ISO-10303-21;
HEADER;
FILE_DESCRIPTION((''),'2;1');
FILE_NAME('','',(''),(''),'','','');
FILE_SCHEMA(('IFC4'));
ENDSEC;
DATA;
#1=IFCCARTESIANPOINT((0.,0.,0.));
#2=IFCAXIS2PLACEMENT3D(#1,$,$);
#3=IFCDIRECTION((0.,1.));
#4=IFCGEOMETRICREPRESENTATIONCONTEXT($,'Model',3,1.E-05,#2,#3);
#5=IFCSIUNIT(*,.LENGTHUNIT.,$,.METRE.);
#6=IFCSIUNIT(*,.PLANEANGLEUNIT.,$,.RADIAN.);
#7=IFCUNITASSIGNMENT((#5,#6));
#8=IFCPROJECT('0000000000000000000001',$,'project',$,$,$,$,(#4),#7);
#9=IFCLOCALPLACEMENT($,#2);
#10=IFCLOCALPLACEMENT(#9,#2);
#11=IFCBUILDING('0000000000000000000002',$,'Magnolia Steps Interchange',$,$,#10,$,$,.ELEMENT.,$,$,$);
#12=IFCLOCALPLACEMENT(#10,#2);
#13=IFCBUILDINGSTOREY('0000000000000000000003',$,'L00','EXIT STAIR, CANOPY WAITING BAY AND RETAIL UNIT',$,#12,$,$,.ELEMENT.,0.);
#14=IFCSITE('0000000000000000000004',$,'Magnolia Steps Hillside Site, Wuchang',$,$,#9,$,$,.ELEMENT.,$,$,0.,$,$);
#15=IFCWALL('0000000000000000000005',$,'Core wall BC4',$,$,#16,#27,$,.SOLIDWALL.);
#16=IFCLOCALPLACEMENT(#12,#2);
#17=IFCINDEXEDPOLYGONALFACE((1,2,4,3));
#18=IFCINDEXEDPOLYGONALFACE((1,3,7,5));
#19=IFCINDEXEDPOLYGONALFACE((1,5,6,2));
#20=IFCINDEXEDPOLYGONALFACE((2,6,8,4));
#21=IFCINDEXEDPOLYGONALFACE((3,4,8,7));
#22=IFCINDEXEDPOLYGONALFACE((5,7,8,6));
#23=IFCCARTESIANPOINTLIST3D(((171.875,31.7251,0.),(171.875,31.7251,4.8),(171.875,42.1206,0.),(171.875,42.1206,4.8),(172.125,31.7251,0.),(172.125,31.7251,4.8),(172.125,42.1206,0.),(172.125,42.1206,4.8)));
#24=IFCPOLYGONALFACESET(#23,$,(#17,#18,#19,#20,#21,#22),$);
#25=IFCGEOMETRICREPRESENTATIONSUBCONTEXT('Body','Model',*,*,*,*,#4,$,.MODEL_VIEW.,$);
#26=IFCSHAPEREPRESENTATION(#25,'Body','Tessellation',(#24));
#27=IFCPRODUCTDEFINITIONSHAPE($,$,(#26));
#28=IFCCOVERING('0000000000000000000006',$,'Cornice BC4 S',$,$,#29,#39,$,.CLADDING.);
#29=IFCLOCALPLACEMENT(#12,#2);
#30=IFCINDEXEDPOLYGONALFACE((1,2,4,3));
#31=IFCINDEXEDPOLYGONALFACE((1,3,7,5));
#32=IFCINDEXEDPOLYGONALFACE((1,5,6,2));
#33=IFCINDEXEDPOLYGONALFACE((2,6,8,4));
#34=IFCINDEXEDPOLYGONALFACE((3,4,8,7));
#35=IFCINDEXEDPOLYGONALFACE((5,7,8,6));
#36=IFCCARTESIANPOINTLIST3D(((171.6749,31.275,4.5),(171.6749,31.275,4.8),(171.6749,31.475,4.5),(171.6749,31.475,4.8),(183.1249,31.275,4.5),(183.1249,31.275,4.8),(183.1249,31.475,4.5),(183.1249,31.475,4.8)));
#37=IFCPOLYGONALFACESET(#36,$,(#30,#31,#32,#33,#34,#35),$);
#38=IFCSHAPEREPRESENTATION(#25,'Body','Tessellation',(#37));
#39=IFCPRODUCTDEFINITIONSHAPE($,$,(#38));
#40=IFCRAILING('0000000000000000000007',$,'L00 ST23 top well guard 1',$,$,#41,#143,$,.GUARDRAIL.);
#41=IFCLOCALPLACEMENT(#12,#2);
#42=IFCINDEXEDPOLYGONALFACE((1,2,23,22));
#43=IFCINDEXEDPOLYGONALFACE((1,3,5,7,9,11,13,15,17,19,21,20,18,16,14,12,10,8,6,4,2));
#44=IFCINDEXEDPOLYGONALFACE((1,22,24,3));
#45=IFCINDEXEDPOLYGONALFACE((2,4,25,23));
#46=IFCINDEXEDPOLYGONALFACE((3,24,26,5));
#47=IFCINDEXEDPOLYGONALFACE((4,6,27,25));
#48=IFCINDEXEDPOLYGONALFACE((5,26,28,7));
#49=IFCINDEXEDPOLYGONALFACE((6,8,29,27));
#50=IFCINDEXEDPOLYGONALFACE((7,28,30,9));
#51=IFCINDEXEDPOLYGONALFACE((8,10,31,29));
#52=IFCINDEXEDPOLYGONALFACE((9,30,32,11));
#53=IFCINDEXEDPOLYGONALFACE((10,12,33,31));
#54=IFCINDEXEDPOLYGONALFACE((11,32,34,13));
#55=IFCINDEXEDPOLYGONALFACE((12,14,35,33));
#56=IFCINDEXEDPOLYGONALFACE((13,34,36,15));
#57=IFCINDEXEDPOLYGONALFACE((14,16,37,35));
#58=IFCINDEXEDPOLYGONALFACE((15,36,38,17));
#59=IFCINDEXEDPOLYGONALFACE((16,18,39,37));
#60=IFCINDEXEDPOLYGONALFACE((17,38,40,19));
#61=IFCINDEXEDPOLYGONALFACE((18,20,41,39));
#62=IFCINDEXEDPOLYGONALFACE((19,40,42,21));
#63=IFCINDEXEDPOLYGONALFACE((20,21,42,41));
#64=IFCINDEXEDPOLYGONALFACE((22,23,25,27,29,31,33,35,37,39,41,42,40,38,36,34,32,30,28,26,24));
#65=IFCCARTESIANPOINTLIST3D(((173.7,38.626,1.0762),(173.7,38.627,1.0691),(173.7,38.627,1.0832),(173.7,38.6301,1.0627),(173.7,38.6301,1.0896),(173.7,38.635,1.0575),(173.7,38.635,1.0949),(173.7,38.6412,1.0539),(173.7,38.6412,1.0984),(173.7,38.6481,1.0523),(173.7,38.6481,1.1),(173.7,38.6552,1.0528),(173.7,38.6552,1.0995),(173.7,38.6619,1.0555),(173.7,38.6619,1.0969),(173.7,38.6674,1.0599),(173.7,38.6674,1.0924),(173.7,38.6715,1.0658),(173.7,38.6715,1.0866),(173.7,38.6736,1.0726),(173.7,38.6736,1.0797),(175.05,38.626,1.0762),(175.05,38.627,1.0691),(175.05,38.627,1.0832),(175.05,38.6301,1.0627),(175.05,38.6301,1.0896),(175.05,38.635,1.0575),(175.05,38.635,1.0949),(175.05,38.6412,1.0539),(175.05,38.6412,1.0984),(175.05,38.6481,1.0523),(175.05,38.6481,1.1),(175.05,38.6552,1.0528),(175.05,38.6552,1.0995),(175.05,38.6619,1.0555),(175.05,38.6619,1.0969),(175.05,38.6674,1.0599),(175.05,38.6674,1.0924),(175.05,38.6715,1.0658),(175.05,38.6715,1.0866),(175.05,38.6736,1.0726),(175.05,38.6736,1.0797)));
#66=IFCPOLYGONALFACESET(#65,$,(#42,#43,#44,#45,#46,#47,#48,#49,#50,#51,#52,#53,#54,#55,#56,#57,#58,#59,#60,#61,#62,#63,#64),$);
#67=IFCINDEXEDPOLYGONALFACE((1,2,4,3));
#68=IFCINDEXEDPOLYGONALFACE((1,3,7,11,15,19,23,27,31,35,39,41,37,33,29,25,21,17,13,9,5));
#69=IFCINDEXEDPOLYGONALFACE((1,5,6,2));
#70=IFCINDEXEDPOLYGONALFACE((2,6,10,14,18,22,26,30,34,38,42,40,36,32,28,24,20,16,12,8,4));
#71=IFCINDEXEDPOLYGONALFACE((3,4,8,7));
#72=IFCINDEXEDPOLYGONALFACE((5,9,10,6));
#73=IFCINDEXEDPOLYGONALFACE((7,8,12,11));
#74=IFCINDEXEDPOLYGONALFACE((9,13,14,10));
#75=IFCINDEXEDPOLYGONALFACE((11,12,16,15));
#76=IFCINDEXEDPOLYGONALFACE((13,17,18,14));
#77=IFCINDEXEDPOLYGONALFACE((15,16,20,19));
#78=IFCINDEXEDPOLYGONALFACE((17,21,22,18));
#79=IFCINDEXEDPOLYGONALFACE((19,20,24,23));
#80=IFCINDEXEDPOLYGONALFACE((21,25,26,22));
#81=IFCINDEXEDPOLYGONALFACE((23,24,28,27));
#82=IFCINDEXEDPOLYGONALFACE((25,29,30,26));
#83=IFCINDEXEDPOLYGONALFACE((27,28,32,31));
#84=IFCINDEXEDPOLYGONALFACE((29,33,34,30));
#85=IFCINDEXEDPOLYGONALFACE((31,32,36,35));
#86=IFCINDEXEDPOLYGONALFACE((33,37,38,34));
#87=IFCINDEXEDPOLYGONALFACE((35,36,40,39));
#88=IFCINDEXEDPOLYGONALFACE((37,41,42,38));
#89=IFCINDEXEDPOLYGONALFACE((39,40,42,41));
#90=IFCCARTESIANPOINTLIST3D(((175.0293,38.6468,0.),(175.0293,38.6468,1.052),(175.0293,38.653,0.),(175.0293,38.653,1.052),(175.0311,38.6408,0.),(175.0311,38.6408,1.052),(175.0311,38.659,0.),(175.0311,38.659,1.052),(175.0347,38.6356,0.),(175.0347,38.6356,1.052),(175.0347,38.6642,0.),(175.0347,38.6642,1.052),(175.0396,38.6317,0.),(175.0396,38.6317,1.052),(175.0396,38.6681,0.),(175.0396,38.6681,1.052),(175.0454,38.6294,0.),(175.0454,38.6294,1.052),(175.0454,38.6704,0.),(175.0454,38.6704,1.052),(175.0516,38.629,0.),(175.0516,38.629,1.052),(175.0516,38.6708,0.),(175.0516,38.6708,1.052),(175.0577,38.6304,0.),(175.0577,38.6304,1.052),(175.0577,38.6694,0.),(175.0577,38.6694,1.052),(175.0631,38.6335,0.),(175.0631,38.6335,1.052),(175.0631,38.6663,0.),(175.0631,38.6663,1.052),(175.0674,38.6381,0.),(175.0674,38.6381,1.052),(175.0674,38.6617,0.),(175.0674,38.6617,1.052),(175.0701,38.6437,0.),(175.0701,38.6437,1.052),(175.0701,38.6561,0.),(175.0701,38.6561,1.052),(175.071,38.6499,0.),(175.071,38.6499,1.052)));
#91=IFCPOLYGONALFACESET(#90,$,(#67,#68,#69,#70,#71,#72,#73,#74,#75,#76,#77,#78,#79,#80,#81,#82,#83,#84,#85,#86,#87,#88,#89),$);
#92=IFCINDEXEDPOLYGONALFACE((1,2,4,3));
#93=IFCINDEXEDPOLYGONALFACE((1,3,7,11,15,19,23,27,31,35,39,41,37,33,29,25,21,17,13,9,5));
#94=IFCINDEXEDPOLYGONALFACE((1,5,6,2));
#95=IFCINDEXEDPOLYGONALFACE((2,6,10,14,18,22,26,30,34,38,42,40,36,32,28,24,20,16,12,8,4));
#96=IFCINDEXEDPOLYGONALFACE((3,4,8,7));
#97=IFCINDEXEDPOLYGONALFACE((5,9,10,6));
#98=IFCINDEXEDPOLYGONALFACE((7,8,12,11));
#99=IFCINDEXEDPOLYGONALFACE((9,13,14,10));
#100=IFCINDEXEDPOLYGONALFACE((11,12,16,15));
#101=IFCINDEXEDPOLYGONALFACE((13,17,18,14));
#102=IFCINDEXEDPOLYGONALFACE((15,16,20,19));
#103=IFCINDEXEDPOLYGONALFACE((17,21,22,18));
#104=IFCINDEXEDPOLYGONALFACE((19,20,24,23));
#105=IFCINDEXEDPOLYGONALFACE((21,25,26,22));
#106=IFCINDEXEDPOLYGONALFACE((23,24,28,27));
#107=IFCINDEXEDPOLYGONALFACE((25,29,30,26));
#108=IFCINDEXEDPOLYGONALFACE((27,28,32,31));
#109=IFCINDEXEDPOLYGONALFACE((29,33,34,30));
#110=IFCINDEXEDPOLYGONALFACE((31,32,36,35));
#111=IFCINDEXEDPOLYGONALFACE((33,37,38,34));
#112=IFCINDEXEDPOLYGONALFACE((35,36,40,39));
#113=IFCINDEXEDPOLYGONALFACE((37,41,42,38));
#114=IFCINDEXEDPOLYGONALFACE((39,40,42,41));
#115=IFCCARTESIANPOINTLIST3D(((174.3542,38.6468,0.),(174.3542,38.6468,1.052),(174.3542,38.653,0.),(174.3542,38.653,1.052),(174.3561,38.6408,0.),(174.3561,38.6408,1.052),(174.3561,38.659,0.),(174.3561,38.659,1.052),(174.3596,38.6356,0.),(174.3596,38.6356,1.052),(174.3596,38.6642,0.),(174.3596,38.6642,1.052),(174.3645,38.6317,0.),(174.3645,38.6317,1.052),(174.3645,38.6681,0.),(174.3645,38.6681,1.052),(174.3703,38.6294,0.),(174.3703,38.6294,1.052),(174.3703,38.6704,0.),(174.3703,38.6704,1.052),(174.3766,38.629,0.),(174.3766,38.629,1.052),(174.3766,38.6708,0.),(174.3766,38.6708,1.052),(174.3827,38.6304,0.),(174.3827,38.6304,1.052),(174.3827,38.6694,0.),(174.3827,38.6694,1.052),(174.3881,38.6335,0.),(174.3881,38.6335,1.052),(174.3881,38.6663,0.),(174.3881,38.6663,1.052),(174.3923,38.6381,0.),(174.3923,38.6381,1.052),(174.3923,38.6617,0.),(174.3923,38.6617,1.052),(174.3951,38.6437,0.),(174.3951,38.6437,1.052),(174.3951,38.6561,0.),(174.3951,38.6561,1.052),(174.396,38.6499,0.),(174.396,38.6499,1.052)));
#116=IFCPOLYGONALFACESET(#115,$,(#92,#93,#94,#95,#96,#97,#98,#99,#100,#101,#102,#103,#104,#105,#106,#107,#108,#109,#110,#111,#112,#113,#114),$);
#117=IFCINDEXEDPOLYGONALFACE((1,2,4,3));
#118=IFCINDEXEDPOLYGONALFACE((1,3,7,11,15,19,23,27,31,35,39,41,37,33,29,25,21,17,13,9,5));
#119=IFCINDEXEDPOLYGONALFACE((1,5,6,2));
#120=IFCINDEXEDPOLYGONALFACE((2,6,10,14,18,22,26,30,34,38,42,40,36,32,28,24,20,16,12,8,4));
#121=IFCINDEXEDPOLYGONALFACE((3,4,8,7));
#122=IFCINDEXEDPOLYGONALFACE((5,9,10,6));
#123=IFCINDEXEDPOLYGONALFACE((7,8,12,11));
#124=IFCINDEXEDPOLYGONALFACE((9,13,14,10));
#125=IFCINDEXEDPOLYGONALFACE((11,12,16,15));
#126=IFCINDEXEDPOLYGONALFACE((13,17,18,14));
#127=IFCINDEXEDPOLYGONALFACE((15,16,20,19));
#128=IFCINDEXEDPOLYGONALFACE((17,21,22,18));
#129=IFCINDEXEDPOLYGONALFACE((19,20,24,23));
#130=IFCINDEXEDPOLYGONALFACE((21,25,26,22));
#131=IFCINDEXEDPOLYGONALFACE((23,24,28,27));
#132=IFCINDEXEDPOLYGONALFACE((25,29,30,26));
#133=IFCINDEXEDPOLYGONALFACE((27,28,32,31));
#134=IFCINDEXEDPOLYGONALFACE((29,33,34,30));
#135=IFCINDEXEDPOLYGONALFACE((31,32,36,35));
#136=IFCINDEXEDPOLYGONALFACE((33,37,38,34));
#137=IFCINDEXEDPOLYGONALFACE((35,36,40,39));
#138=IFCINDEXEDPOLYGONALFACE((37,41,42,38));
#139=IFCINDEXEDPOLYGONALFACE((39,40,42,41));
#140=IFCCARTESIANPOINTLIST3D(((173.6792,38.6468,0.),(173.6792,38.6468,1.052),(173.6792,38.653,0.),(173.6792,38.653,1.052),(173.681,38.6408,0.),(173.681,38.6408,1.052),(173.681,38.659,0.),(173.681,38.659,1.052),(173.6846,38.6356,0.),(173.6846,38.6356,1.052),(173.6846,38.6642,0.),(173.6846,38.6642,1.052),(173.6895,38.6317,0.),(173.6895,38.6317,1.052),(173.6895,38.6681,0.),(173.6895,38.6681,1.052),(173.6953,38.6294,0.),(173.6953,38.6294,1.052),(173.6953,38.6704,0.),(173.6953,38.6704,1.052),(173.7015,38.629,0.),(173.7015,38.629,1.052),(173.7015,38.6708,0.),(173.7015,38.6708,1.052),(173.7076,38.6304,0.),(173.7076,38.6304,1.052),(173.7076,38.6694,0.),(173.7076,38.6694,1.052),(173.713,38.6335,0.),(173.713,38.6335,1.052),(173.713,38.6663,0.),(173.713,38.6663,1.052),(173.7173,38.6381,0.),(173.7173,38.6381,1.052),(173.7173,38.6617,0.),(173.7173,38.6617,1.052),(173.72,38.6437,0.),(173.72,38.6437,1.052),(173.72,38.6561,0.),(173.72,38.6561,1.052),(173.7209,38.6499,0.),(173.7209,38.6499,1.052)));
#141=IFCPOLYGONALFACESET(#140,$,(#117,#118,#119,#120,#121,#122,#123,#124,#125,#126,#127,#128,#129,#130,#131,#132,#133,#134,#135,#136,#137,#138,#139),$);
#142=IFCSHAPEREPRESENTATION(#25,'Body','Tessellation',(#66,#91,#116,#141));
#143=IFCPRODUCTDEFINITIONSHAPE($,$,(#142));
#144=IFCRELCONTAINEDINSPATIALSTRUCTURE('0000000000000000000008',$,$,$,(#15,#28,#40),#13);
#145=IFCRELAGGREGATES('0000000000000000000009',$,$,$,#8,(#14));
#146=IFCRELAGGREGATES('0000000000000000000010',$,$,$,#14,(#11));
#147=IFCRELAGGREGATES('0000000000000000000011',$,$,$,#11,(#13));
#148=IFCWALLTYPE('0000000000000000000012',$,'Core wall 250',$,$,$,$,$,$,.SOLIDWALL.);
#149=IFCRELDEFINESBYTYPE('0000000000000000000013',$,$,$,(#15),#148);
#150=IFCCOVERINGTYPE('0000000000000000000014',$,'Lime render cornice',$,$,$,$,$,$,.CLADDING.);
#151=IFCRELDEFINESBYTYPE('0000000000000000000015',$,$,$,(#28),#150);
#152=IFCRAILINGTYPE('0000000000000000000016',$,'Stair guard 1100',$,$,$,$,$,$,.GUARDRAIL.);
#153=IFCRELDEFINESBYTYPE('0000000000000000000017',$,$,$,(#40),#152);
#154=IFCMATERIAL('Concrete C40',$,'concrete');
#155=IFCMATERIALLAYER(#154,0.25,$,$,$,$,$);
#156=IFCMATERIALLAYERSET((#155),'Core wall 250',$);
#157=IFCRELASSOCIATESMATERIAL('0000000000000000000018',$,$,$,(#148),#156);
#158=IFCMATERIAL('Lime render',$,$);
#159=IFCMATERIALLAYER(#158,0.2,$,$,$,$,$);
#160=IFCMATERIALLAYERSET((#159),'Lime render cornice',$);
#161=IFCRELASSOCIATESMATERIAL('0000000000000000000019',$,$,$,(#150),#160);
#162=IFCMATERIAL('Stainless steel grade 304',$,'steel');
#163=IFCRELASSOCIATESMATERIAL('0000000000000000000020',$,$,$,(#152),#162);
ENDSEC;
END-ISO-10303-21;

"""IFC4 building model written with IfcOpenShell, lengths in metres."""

from ifc_helpers import new_model, si_unit, direction, frame, frame_2d, origin, origin_2d, place, context, subcontext, project, spatial, rectangle, circle, extrude, material, layer, layer_set, type_object, element, save


model = new_model("IFC4")

# Units and contexts
model_context = context("Model", 3, precision=1e-05, world=origin(), true_north=direction((0.0, 1.0)))
body_context = subcontext(model_context, "Body", "Model", "MODEL_VIEW")
ifc_project = project(units=[si_unit("LENGTHUNIT", "METRE"), si_unit("PLANEANGLEUNIT", "RADIAN")], contexts=[model_context])

# Site, building, storey
site_placement = place(None, origin())
site = spatial("IfcSite", under=ifc_project, at=site_placement, Name="Magnolia Steps Hillside Site, Wuchang", CompositionType="ELEMENT", RefElevation=0.0)
building_placement = place(site_placement, origin())
building = spatial("IfcBuilding", under=site, at=building_placement, Name="Magnolia Steps Interchange", CompositionType="ELEMENT")
storey_placement = place(building_placement, origin())
storey = spatial("IfcBuildingStorey", under=building, at=storey_placement, Name="L00", Description="EXIT STAIR, CANOPY WAITING BAY AND RETAIL UNIT", CompositionType="ELEMENT", Elevation=0.0)

# Shared definitions
ifc_material_1 = material(Name="Concrete C40", Category="concrete")
ifc_layer_1 = layer(ifc_material_1, 0.25)
ifc_layer_set_1 = layer_set([ifc_layer_1], Name="Core wall 250")
wall_type_1 = type_object("IfcWallType", Name="Core wall 250", PredefinedType="SOLIDWALL", material=ifc_layer_set_1)

# Wall
wall_1_placement = place(storey_placement, frame((172.0, 42.1206, 0.0), z_axis=(0.0, 0.0, 1.0), x_axis=(0.0, -1.0, 0.0)))
element("IfcWall", 1, at=wall_1_placement, inside=storey, type_object=wall_type_1, Name="Core wall BC4", PredefinedType="SOLIDWALL", context=body_context, shape_type="SweptSolid", body=[
    extrude(rectangle(XDim=10.3955, YDim=0.25, at=frame_2d((5.1978, 0.0))), origin(), (0.0, 0.0, 1.0), 4.8),
])

# Covering
ifc_material_2 = material(Name="Lime render")
ifc_layer_2 = layer(ifc_material_2, 0.2)
ifc_layer_set_2 = layer_set([ifc_layer_2], Name="Lime render cornice")
covering_type = type_object("IfcCoveringType", Name="Lime render cornice", PredefinedType="CLADDING", material=ifc_layer_set_2)
covering_placement = place(storey_placement, frame((177.3999, 31.375, 4.5), z_axis=(0.0, 0.0, 1.0), x_axis=(1.0, 0.0, 0.0)))
element("IfcCovering", 2, at=covering_placement, inside=storey, type_object=covering_type, Name="Cornice BC4 S", PredefinedType="CLADDING", context=body_context, shape_type="SweptSolid", body=[
    extrude(rectangle(XDim=11.45, YDim=0.2, at=origin_2d()), origin(), (0.0, 0.0, 1.0), 0.3),
])

# Railing
ifc_material_3 = material(Name="Stainless steel grade 304", Category="steel")
railing_type = type_object("IfcRailingType", Name="Stair guard 1100", PredefinedType="GUARDRAIL", material=ifc_material_3)
for number, where, name in (
    (3, (175.05, 38.6499, 0.0), "L00 ST23 top well guard 1"),
):
    element("IfcRailing", number, at=place(storey_placement, frame(where)), inside=storey, type_object=railing_type, Name=name, PredefinedType="GUARDRAIL", context=body_context, shape_type="SweptSolid", body=[
        extrude(circle(Radius=0.0239, at=origin_2d()), frame((0.0, 0.0, 1.0762), z_axis=(-1.0, 0.0, 0.0), x_axis=(0.0, -1.0, 0.0)), (0.0, 0.0, 1.0), 1.3501),
        extrude(circle(Radius=0.021, at=origin_2d()), origin(), (0.0, 0.0, 1.0), 1.052),
        extrude(circle(Radius=0.021, at=origin_2d()), frame((-0.675, 0.0, 0.0)), (0.0, 0.0, 1.0), 1.052),
        extrude(circle(Radius=0.021, at=origin_2d()), frame((-1.3501, 0.0, 0.0)), (0.0, 0.0, 1.0), 1.052),
    ])

save(model, "model.ifc")
